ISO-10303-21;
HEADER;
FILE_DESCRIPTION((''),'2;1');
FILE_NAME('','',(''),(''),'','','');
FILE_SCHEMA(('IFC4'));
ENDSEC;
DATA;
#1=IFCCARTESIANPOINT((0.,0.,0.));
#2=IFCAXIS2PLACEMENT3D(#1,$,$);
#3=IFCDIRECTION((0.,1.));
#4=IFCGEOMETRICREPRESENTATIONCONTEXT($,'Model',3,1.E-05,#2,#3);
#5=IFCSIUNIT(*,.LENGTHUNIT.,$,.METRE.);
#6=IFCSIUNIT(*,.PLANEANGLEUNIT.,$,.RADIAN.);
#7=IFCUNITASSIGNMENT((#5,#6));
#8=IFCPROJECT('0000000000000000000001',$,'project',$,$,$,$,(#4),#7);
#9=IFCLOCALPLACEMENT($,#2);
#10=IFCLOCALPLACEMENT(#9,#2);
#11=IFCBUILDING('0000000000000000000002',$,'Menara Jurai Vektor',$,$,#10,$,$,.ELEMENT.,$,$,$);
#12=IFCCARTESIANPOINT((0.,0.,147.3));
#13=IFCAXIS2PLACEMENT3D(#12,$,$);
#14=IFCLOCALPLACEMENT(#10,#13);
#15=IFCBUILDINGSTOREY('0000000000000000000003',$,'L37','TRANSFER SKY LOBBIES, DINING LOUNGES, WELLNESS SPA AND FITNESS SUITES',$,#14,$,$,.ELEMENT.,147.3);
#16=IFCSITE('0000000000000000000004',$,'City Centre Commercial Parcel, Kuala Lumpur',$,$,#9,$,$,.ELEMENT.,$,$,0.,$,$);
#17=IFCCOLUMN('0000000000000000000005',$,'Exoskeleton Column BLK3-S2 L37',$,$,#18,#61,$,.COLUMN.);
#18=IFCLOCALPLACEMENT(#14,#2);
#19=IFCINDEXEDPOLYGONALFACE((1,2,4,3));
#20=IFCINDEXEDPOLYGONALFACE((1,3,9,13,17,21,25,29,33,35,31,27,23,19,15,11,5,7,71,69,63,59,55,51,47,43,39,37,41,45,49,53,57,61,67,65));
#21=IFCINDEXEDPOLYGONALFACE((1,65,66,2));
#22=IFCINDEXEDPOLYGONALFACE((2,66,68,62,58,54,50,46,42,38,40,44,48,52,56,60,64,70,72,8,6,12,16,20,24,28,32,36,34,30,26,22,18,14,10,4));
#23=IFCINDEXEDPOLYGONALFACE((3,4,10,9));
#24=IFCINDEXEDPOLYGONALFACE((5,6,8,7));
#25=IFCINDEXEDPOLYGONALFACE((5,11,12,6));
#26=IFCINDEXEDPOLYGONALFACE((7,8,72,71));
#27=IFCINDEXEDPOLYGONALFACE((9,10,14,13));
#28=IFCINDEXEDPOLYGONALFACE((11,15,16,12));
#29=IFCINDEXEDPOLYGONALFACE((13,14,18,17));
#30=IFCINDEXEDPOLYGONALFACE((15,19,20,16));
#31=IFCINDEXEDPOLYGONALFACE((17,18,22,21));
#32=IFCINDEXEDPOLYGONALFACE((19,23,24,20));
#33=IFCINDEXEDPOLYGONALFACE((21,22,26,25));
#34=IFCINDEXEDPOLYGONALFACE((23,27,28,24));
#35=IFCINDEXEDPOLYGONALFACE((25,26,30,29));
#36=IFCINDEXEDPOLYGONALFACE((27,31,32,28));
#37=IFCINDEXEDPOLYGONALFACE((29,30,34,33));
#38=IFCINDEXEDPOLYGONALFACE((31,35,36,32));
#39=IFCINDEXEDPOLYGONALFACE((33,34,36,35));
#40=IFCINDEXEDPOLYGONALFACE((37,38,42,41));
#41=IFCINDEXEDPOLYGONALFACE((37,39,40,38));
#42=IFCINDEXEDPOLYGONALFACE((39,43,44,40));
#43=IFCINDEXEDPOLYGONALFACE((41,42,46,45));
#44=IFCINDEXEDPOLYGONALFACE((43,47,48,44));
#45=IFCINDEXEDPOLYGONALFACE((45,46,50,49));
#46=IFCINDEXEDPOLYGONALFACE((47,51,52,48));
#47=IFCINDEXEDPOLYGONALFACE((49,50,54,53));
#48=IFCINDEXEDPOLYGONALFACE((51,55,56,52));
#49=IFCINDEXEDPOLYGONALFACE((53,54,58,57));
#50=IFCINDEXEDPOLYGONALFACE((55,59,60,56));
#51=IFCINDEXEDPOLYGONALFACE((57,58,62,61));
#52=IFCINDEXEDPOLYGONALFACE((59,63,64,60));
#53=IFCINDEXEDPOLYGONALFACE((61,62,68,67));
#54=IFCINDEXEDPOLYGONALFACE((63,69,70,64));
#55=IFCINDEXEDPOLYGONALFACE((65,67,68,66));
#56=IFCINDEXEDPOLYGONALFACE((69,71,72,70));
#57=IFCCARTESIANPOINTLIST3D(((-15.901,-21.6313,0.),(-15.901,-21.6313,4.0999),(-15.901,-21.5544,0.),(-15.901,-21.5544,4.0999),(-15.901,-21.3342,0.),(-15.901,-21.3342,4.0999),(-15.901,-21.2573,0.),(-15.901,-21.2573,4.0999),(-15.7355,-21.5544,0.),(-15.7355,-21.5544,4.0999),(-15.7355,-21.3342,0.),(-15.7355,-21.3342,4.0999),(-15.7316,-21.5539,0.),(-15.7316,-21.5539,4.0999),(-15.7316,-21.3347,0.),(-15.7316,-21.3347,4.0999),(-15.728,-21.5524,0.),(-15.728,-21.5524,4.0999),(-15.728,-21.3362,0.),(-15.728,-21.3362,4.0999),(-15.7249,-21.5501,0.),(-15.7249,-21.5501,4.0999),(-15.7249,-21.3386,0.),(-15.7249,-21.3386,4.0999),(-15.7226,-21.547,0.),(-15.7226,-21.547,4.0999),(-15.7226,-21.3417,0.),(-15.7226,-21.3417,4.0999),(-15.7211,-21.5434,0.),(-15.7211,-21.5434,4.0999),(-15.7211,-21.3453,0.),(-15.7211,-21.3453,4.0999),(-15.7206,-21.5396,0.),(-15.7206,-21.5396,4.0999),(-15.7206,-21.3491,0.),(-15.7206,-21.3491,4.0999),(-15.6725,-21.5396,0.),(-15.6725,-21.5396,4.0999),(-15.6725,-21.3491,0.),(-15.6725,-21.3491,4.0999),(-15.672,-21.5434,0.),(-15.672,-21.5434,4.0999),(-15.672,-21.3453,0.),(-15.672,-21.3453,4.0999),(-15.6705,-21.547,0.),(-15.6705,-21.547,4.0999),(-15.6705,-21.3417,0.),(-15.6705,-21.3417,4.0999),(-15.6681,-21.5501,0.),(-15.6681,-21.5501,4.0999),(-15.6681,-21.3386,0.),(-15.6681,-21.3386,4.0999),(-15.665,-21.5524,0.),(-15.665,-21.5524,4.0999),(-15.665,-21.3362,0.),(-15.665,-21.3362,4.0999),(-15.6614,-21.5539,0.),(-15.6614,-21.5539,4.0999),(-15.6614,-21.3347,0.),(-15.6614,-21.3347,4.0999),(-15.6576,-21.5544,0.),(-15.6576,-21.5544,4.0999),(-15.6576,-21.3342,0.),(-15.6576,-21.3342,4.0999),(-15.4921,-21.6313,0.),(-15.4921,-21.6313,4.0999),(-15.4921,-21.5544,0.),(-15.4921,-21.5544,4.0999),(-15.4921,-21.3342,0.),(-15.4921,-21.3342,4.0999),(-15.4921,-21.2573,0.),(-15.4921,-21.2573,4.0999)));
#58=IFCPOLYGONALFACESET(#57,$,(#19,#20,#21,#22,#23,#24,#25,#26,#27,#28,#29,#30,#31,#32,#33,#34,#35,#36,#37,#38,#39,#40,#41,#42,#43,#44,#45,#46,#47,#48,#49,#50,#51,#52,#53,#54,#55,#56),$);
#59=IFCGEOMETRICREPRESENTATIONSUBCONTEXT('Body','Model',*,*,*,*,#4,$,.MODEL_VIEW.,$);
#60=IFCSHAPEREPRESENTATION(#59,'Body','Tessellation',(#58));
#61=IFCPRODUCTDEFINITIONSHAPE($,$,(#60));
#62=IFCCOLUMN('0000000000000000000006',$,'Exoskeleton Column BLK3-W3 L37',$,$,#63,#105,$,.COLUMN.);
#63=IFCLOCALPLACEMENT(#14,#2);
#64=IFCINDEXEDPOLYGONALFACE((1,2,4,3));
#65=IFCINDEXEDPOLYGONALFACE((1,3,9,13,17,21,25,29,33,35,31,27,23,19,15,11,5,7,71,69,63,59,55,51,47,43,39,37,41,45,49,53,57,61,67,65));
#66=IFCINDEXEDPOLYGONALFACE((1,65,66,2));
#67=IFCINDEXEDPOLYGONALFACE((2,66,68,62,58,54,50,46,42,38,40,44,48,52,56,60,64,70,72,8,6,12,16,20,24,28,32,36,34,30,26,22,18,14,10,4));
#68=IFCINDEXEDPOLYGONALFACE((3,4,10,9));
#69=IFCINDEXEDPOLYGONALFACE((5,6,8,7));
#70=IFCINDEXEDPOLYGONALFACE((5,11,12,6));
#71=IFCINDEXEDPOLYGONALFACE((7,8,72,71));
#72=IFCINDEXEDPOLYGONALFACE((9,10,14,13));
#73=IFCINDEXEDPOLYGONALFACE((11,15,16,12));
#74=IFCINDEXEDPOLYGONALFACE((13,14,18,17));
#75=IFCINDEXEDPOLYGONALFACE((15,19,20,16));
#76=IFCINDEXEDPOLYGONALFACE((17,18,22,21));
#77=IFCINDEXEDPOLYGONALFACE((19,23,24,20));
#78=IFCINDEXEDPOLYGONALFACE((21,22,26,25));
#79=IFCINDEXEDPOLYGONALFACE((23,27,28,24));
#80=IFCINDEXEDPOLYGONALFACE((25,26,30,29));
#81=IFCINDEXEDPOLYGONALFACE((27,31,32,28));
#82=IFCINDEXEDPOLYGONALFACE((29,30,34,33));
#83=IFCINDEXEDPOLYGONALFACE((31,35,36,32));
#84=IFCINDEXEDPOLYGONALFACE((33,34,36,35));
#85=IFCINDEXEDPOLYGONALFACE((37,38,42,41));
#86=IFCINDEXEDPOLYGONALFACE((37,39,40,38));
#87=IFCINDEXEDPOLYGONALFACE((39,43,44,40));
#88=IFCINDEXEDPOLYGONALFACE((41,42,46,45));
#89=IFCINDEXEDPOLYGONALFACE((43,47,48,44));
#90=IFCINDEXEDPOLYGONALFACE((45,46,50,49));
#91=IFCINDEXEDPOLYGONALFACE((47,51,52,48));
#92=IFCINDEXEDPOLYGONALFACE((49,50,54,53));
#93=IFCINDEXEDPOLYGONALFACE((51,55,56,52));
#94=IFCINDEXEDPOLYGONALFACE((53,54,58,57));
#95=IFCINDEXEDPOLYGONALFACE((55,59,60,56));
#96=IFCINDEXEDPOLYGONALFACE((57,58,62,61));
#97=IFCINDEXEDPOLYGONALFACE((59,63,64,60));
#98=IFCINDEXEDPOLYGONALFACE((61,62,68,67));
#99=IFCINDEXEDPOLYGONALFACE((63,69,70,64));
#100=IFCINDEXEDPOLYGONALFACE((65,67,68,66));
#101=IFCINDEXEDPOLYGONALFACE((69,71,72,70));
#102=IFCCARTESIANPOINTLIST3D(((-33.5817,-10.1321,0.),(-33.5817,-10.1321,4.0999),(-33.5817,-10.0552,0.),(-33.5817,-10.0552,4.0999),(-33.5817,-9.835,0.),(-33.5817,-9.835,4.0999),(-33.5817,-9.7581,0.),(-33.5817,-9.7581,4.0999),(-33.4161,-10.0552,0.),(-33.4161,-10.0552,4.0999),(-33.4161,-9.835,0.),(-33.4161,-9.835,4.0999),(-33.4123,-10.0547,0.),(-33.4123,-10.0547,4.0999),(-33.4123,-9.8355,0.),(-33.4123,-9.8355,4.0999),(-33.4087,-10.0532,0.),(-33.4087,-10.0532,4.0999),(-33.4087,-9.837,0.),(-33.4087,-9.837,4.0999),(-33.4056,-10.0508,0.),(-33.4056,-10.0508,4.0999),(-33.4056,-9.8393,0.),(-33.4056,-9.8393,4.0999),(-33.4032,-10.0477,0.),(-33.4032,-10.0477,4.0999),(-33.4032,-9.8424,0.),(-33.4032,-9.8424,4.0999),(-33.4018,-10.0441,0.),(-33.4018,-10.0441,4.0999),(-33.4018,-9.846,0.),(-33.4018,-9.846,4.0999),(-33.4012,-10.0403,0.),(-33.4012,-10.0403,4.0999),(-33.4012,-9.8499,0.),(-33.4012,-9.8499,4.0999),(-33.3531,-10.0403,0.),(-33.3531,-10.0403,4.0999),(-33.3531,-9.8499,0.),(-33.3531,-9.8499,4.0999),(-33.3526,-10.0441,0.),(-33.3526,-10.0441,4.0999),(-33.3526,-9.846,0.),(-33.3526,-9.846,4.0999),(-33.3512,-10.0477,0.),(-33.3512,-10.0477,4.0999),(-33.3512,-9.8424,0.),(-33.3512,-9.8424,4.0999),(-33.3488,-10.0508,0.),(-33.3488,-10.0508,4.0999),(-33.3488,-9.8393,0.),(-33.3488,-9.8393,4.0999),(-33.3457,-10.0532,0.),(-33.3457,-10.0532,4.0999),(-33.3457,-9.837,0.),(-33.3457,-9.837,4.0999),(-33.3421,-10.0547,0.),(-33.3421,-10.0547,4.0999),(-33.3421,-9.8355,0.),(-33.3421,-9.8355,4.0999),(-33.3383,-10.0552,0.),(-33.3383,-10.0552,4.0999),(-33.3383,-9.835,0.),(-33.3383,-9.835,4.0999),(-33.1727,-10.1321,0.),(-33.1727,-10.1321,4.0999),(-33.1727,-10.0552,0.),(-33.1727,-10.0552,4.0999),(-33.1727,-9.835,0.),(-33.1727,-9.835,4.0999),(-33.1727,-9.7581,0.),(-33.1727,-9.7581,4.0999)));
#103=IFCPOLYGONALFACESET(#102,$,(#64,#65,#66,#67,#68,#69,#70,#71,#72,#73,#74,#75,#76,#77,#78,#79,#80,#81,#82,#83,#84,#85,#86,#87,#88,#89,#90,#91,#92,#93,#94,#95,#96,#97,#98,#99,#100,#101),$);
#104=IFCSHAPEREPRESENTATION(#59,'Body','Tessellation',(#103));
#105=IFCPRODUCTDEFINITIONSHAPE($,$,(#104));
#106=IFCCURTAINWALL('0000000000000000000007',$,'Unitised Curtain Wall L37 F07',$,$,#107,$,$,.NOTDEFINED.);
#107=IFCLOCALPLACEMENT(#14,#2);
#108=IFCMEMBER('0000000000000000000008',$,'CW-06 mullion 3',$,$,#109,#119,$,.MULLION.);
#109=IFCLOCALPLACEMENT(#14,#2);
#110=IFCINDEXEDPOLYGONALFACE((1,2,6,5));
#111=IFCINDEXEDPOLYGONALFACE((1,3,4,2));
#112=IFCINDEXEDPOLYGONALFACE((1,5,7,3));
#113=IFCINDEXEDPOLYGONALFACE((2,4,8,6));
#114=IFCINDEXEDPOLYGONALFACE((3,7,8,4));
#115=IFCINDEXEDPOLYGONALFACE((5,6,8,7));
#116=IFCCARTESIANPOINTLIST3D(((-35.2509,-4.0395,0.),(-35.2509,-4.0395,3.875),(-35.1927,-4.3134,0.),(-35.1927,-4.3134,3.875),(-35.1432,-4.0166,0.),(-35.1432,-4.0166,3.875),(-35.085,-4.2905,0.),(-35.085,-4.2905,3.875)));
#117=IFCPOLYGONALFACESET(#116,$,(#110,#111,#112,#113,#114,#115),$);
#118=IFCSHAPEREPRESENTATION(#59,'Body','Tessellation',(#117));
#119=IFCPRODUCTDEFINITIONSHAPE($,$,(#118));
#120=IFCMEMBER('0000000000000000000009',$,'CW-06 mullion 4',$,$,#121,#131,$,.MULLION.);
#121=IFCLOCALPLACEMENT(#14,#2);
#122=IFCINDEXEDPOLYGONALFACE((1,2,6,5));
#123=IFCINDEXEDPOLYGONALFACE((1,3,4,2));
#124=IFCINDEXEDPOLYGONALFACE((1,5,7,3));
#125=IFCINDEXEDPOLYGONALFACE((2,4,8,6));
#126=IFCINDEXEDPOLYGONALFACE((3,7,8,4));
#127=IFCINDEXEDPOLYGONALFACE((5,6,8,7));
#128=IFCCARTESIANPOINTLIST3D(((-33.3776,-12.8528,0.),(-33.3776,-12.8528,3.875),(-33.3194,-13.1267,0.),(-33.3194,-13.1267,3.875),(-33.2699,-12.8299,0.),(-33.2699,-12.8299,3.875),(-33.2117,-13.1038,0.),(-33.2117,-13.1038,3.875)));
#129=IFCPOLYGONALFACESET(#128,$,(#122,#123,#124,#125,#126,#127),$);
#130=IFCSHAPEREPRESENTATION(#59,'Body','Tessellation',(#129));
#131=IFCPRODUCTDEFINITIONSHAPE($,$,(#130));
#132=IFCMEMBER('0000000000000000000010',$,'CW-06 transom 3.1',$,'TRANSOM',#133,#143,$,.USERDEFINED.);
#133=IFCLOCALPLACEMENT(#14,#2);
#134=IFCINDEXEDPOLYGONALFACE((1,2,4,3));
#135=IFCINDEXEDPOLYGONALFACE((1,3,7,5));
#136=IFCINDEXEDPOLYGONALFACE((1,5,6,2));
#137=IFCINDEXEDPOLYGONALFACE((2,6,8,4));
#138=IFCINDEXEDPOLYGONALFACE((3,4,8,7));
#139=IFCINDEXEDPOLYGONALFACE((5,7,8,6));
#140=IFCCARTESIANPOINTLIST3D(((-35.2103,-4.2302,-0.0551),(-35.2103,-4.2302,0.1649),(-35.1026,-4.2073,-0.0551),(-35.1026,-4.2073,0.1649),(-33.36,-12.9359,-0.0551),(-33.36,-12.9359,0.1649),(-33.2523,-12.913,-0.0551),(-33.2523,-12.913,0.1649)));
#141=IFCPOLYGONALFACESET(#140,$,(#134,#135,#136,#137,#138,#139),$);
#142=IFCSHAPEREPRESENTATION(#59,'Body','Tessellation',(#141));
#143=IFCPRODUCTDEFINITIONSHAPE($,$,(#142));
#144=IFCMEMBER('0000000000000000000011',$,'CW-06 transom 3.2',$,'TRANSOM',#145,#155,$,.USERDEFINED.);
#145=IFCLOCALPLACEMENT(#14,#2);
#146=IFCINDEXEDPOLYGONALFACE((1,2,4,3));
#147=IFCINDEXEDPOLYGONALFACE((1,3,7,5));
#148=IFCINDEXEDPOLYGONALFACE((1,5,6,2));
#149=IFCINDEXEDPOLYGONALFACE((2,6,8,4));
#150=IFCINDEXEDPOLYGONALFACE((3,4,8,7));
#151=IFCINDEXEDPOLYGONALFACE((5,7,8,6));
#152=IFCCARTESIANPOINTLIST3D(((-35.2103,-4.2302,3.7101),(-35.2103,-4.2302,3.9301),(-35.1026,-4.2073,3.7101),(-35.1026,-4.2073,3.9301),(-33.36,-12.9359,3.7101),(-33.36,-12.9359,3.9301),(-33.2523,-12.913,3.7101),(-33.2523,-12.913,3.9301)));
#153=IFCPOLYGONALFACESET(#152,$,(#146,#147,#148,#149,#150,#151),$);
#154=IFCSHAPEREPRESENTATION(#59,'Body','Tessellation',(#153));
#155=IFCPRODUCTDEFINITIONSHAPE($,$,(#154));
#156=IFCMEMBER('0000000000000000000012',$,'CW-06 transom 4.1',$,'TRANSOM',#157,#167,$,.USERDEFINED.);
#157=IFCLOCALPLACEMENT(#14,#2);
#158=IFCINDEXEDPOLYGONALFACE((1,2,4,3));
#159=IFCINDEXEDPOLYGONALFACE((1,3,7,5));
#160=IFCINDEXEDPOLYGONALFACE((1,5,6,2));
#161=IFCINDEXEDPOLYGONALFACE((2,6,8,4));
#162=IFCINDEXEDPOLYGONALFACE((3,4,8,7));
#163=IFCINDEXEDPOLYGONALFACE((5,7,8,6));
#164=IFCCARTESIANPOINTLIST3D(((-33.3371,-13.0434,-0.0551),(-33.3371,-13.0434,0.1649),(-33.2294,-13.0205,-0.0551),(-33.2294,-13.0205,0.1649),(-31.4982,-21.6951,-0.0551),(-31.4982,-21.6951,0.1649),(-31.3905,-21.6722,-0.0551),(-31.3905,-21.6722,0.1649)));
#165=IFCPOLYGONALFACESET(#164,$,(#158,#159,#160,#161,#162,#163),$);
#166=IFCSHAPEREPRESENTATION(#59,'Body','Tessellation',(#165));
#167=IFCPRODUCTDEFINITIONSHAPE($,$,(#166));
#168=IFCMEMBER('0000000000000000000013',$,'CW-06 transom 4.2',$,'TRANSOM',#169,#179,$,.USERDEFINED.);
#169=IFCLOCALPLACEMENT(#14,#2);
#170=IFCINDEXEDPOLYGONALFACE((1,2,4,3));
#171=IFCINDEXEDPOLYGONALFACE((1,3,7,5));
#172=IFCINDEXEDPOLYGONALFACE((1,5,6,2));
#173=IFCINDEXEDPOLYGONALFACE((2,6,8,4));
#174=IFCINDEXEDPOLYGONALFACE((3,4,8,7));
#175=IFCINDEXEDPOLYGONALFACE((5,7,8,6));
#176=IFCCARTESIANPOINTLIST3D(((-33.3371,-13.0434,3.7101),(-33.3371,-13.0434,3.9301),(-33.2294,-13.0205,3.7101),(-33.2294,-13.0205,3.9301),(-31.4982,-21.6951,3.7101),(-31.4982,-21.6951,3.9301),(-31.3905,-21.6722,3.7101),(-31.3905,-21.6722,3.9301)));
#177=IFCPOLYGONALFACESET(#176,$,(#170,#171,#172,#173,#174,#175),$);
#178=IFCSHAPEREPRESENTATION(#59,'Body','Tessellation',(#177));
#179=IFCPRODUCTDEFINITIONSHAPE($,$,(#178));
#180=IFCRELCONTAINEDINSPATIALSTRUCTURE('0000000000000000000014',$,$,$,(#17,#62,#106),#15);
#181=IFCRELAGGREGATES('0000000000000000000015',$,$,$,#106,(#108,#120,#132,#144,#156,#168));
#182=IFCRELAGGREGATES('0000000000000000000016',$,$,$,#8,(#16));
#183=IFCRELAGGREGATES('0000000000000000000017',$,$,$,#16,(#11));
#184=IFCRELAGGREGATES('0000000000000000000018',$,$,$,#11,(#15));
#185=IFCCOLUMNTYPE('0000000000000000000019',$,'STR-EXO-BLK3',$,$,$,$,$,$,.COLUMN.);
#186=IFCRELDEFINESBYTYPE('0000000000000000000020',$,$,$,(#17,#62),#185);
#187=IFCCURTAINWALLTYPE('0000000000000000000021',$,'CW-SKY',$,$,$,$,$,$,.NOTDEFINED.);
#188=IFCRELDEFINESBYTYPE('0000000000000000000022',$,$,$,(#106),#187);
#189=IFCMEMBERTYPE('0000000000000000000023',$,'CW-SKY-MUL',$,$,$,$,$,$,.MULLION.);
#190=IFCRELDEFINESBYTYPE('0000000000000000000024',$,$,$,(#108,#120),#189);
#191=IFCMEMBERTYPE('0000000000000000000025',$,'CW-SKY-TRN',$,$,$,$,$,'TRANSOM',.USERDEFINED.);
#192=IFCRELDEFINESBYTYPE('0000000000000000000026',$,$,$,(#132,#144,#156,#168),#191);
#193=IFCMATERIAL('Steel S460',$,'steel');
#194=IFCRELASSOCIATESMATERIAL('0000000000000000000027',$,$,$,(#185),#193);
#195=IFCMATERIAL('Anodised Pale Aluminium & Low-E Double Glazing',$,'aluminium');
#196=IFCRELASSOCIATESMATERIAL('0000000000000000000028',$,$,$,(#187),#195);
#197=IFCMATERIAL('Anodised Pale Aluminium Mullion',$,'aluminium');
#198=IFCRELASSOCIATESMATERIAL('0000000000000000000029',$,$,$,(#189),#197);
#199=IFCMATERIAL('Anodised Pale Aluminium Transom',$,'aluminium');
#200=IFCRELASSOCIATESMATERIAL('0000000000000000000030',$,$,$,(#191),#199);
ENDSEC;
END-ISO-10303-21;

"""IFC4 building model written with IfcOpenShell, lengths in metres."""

from ifc_helpers import new_model, si_unit, direction, frame, origin, origin_2d, place, context, subcontext, project, spatial, rectangle, i_section, extrude, material, material_profile, profile_set, type_object, element, aggregate, save


model = new_model("IFC4")

# Units and contexts
model_context = context("Model", 3, precision=1e-05, world=origin(), true_north=direction((0.0, 1.0)))
body_context = subcontext(model_context, "Body", "Model", "MODEL_VIEW")
ifc_project = project(units=[si_unit("LENGTHUNIT", "METRE"), si_unit("PLANEANGLEUNIT", "RADIAN")], contexts=[model_context])

# Site, building, storey
site_placement = place(None, origin())
site = spatial("IfcSite", under=ifc_project, at=site_placement, Name="City Centre Commercial Parcel, Kuala Lumpur", CompositionType="ELEMENT", RefElevation=0.0)
building_placement = place(site_placement, origin())
building = spatial("IfcBuilding", under=site, at=building_placement, Name="Menara Jurai Vektor", CompositionType="ELEMENT")
storey_placement = place(building_placement, frame((0.0, 0.0, 147.3)))
storey = spatial("IfcBuildingStorey", under=building, at=storey_placement, Name="L37", Description="TRANSFER SKY LOBBIES, DINING LOUNGES, WELLNESS SPA AND FITNESS SUITES", CompositionType="ELEMENT", Elevation=147.3)

# Columns
ifc_material_1 = material(Name="Steel S460", Category="steel")
ifc_material_profile_1 = material_profile(ifc_material_1, i_section(OverallWidth=0.4089, OverallDepth=0.374, WebThickness=0.0481, FlangeThickness=0.0769, FilletRadius=0.0149, at=origin_2d()), Name="HD 400x634")
ifc_profile_set_1 = profile_set([ifc_material_profile_1], Name="Steel S460")
column_type = type_object("IfcColumnType", Name="STR-EXO-BLK3", PredefinedType="COLUMN", material=ifc_profile_set_1)
for number, where, z_axis, x_axis, name in (
    (1, (-15.6965, -21.4443, 0.0), (0.0, 0.0, 1.0), (1.0, 0.0, 0.0), "Exoskeleton Column BLK3-S2 L37"),
    (2, (-33.3772, -9.9451, 0.0), (0.0, 0.0, 1.0), (1.0, 0.0, 0.0), "Exoskeleton Column BLK3-W3 L37"),
):
    element("IfcColumn", number, at=place(storey_placement, frame(where, z_axis=z_axis, x_axis=x_axis)), inside=storey, type_object=column_type, Name=name, PredefinedType="COLUMN", context=body_context, shape_type="SweptSolid", body=[
        extrude(i_section(OverallWidth=0.4089, OverallDepth=0.374, WebThickness=0.0481, FlangeThickness=0.0769, FilletRadius=0.0149, at=origin_2d()), origin(), (0.0, 0.0, 1.0), 4.0999),
    ])

# Curtain wall, members
ifc_material_2 = material(Name="Anodised Pale Aluminium & Low-E Double Glazing", Category="aluminium")
curtain_wall_type = type_object("IfcCurtainWallType", Name="CW-SKY", PredefinedType="NOTDEFINED", material=ifc_material_2)
curtain_wall_placement = place(storey_placement, origin())
curtain_wall = element("IfcCurtainWall", 3, at=curtain_wall_placement, inside=storey, type_object=curtain_wall_type, Name="Unitised Curtain Wall L37 F07", PredefinedType="NOTDEFINED")
ifc_material_3 = material(Name="Anodised Pale Aluminium Mullion", Category="aluminium")
ifc_material_profile_2 = material_profile(ifc_material_3, rectangle(XDim=0.1101, YDim=0.28, at=origin_2d()), Name="ALU MUL 110x280")
ifc_profile_set_2 = profile_set([ifc_material_profile_2], Name="Anodised Pale Aluminium Mullion")
member_type_1 = type_object("IfcMemberType", Name="CW-SKY-MUL", PredefinedType="MULLION", material=ifc_profile_set_2)
member_1_placement = place(storey_placement, frame((-35.168, -4.165, 0.0), z_axis=(0.0, 0.0, 1.0), x_axis=(0.978148, 0.20791, 0.0)))
member_1 = element("IfcMember", 4, at=member_1_placement, type_object=member_type_1, Name="CW-06 mullion 3", PredefinedType="MULLION", context=body_context, shape_type="SweptSolid", body=[
    extrude(rectangle(XDim=0.1101, YDim=0.28, at=origin_2d()), origin(), (0.0, 0.0, 1.0), 3.875),
])
member_2_placement = place(storey_placement, frame((-33.2947, -12.9783, 0.0), z_axis=(0.0, 0.0, 1.0), x_axis=(0.978148, 0.20791, 0.0)))
member_2 = element("IfcMember", 5, at=member_2_placement, type_object=member_type_1, Name="CW-06 mullion 4", PredefinedType="MULLION", context=body_context, shape_type="SweptSolid", body=[
    extrude(rectangle(XDim=0.1101, YDim=0.28, at=origin_2d()), origin(), (0.0, 0.0, 1.0), 3.875),
])
ifc_material_4 = material(Name="Anodised Pale Aluminium Transom", Category="aluminium")
ifc_material_profile_3 = material_profile(ifc_material_4, rectangle(XDim=0.1101, YDim=0.22, at=origin_2d()), Name="ALU TRN 110x220")
ifc_profile_set_3 = profile_set([ifc_material_profile_3], Name="Anodised Pale Aluminium Transom")
member_type_2 = type_object("IfcMemberType", Name="CW-SKY-TRN", ElementType="TRANSOM", PredefinedType="USERDEFINED", material=ifc_profile_set_3)
member_3_placement = place(storey_placement, frame((-35.1565, -4.2188, 0.0549), z_axis=(0.207903, -0.97815, 0.0), x_axis=(0.97815, 0.207903, 0.0)))
member_3 = element("IfcMember", 6, at=member_3_placement, type_object=member_type_2, Name="CW-06 transom 3.1", ObjectType="TRANSOM", PredefinedType="USERDEFINED", context=body_context, shape_type="SweptSolid", body=[
    extrude(rectangle(XDim=0.1101, YDim=0.22, at=origin_2d()), origin(), (0.0, 0.0, 1.0), 8.9001),
])
member_4_placement = place(storey_placement, frame((-35.1565, -4.2188, 3.8201), z_axis=(0.207903, -0.97815, 0.0), x_axis=(0.97815, 0.207903, 0.0)))
member_4 = element("IfcMember", 7, at=member_4_placement, type_object=member_type_2, Name="CW-06 transom 3.2", ObjectType="TRANSOM", PredefinedType="USERDEFINED", context=body_context, shape_type="SweptSolid", body=[
    extrude(rectangle(XDim=0.1101, YDim=0.22, at=origin_2d()), origin(), (0.0, 0.0, 1.0), 8.9001),
])
member_5_placement = place(storey_placement, frame((-33.2832, -13.032, 0.0549), z_axis=(0.207902, -0.97815, 0.0), x_axis=(0.97815, 0.207902, 0.0)))
member_5 = element("IfcMember", 8, at=member_5_placement, type_object=member_type_2, Name="CW-06 transom 4.1", ObjectType="TRANSOM", PredefinedType="USERDEFINED", context=body_context, shape_type="SweptSolid", body=[
    extrude(rectangle(XDim=0.1101, YDim=0.22, at=origin_2d()), origin(), (0.0, 0.0, 1.0), 8.845),
])
member_6_placement = place(storey_placement, frame((-33.2832, -13.032, 3.8201), z_axis=(0.207902, -0.97815, 0.0), x_axis=(0.97815, 0.207902, 0.0)))
member_6 = element("IfcMember", 9, at=member_6_placement, type_object=member_type_2, Name="CW-06 transom 4.2", ObjectType="TRANSOM", PredefinedType="USERDEFINED", context=body_context, shape_type="SweptSolid", body=[
    extrude(rectangle(XDim=0.1101, YDim=0.22, at=origin_2d()), origin(), (0.0, 0.0, 1.0), 8.845),
])

aggregate(curtain_wall, [member_1, member_2, member_3, member_4, member_5, member_6])

save(model, "model.ifc")
